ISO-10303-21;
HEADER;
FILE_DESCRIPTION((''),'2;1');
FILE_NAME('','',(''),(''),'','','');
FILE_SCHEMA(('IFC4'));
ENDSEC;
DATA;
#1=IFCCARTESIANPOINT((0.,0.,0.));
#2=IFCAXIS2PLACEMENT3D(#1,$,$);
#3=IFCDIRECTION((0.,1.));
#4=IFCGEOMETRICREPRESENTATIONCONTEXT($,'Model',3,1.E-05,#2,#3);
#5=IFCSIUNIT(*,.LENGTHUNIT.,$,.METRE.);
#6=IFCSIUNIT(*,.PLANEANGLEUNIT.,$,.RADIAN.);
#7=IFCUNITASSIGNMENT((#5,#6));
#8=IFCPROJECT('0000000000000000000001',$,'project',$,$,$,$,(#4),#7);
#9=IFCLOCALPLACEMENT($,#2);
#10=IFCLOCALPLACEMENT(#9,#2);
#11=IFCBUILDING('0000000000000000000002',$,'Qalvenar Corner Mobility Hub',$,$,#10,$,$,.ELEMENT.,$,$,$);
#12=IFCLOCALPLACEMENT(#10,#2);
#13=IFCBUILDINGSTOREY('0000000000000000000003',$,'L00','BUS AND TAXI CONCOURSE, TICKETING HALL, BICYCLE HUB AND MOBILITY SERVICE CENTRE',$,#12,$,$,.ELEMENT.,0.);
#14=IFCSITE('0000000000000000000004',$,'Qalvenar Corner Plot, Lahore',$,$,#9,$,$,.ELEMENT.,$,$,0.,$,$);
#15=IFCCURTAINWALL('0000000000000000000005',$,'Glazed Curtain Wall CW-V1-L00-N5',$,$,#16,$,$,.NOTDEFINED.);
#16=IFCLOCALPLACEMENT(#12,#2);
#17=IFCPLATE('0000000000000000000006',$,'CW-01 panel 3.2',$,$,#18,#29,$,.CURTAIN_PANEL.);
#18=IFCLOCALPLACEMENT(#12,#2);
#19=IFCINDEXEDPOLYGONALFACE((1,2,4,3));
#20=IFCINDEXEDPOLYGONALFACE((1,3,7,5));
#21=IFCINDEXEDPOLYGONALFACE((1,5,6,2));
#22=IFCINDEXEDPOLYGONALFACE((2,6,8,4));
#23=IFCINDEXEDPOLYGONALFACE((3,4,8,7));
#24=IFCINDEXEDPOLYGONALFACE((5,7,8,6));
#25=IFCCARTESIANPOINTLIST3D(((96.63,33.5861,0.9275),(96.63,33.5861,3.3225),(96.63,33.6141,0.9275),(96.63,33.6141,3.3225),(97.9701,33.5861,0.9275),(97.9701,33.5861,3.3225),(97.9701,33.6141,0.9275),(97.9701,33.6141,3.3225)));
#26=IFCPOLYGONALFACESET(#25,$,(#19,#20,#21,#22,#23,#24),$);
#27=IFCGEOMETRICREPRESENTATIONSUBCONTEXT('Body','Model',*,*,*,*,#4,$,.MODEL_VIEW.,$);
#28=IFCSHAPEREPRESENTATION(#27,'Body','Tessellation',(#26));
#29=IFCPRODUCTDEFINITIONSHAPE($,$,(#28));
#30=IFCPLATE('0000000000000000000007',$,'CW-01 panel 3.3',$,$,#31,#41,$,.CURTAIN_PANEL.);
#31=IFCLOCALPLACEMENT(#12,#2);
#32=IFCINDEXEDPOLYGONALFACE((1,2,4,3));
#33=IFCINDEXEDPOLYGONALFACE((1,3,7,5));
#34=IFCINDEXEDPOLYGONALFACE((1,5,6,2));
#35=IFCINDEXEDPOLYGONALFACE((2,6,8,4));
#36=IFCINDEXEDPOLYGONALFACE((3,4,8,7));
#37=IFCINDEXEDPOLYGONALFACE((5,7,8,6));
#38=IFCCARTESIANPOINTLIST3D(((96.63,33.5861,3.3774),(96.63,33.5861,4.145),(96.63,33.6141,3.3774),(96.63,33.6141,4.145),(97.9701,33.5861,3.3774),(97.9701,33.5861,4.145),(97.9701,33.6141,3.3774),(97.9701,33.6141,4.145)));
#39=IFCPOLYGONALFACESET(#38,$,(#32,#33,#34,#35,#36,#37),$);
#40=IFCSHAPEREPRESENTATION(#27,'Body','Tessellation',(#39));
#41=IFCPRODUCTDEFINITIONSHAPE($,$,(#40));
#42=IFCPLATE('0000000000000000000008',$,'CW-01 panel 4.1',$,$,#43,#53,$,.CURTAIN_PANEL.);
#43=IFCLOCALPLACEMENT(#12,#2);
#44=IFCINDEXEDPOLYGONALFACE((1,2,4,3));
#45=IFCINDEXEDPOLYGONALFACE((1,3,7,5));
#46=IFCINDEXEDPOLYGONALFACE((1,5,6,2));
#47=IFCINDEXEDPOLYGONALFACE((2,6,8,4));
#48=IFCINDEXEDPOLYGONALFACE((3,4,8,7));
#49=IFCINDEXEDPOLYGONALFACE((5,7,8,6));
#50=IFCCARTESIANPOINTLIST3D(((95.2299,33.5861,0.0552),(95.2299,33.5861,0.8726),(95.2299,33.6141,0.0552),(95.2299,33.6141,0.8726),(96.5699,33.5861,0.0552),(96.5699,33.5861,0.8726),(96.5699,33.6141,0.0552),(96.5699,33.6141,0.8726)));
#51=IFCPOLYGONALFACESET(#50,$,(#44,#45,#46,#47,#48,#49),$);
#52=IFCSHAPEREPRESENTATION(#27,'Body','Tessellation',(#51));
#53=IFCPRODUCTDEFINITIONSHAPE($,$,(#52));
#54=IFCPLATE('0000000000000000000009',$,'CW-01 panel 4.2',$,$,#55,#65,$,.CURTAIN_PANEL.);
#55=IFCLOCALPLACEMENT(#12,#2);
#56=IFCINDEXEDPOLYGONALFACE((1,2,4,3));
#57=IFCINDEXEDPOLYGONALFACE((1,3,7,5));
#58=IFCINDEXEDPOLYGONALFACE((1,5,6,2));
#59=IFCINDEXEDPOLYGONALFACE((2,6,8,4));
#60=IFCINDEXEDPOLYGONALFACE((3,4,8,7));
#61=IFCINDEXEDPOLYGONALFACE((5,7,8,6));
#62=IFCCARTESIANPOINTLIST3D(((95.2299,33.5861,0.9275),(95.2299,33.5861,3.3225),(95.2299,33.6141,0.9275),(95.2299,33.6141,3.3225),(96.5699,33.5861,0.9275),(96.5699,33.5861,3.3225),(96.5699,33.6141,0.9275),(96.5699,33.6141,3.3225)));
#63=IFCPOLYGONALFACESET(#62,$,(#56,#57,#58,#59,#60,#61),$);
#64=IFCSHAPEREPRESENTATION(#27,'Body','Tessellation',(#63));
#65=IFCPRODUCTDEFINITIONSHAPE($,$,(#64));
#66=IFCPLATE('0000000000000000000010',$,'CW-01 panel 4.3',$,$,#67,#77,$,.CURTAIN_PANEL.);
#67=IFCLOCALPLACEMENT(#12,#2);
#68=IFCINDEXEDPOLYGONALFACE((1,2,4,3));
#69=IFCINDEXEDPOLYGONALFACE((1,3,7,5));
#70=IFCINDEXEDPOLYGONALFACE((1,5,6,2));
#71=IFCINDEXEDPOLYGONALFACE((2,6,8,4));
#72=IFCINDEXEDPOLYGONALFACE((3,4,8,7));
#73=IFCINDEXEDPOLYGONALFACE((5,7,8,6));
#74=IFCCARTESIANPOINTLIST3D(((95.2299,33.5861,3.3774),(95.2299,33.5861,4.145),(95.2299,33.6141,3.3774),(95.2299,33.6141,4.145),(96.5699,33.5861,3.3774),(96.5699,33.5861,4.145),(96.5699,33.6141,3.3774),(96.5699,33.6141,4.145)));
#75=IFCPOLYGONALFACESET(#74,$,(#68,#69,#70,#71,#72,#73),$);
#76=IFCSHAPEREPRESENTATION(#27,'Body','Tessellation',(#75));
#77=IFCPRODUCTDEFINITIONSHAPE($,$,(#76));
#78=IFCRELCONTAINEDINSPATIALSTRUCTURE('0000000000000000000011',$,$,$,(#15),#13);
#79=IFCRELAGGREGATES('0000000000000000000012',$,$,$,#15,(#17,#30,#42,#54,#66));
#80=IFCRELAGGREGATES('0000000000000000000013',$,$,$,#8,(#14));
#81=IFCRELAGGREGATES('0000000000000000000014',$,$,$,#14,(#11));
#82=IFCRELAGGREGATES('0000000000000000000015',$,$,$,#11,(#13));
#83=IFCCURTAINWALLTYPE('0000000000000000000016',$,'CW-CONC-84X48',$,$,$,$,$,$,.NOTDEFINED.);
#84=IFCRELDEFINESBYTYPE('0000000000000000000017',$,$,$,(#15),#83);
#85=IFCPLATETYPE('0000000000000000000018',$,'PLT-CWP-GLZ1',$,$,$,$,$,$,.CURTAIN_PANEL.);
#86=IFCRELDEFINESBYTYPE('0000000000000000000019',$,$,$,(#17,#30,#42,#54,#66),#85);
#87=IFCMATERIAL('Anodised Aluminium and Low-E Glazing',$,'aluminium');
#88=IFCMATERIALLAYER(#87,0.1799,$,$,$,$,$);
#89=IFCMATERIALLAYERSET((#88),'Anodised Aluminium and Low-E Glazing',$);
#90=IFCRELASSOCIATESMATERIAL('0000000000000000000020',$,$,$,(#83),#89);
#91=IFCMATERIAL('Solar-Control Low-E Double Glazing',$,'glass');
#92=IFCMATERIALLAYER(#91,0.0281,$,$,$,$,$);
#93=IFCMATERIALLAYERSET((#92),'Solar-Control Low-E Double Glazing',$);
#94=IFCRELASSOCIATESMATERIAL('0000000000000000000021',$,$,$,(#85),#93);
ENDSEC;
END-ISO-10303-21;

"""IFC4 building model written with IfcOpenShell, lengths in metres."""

from ifc_helpers import new_model, si_unit, direction, frame, origin, origin_2d, place, context, subcontext, project, spatial, rectangle, extrude, material, layer, layer_set, type_object, element, aggregate, save


model = new_model("IFC4")

# Units and contexts
model_context = context("Model", 3, precision=1e-05, world=origin(), true_north=direction((0.0, 1.0)))
body_context = subcontext(model_context, "Body", "Model", "MODEL_VIEW")
ifc_project = project(units=[si_unit("LENGTHUNIT", "METRE"), si_unit("PLANEANGLEUNIT", "RADIAN")], contexts=[model_context])

# Site, building, storey
site_placement = place(None, origin())
site = spatial("IfcSite", under=ifc_project, at=site_placement, Name="Qalvenar Corner Plot, Lahore", CompositionType="ELEMENT", RefElevation=0.0)
building_placement = place(site_placement, origin())
building = spatial("IfcBuilding", under=site, at=building_placement, Name="Qalvenar Corner Mobility Hub", CompositionType="ELEMENT")
storey_placement = place(building_placement, origin())
storey = spatial("IfcBuildingStorey", under=building, at=storey_placement, Name="L00", Description="BUS AND TAXI CONCOURSE, TICKETING HALL, BICYCLE HUB AND MOBILITY SERVICE CENTRE", CompositionType="ELEMENT", Elevation=0.0)

# Curtain wall, plates
ifc_material_1 = material(Name="Anodised Aluminium and Low-E Glazing", Category="aluminium")
ifc_layer_1 = layer(ifc_material_1, 0.1799)
ifc_layer_set_1 = layer_set([ifc_layer_1], Name="Anodised Aluminium and Low-E Glazing")
curtain_wall_type = type_object("IfcCurtainWallType", Name="CW-CONC-84X48", PredefinedType="NOTDEFINED", material=ifc_layer_set_1)
curtain_wall_placement = place(storey_placement, origin())
curtain_wall = element("IfcCurtainWall", 1, at=curtain_wall_placement, inside=storey, type_object=curtain_wall_type, Name="Glazed Curtain Wall CW-V1-L00-N5", PredefinedType="NOTDEFINED")
ifc_material_2 = material(Name="Solar-Control Low-E Double Glazing", Category="glass")
ifc_layer_2 = layer(ifc_material_2, 0.0281)
ifc_layer_set_2 = layer_set([ifc_layer_2], Name="Solar-Control Low-E Double Glazing")
plate_type = type_object("IfcPlateType", Name="PLT-CWP-GLZ1", PredefinedType="CURTAIN_PANEL", material=ifc_layer_set_2)
plate_1_placement = place(storey_placement, frame((97.3, 33.6001, 0.9275), z_axis=(0.0, 0.0, 1.0), x_axis=(-1.0, 0.0, 0.0)))
plate_1 = element("IfcPlate", 2, at=plate_1_placement, type_object=plate_type, Name="CW-01 panel 3.2", PredefinedType="CURTAIN_PANEL", context=body_context, shape_type="SweptSolid", body=[
    extrude(rectangle(XDim=1.3401, YDim=0.0281, at=origin_2d()), origin(), (0.0, 0.0, 1.0), 2.395),
])
plate_2_placement = place(storey_placement, frame((97.3, 33.6001, 3.3774), z_axis=(0.0, 0.0, 1.0), x_axis=(-1.0, 0.0, 0.0)))
plate_2 = element("IfcPlate", 3, at=plate_2_placement, type_object=plate_type, Name="CW-01 panel 3.3", PredefinedType="CURTAIN_PANEL", context=body_context, shape_type="SweptSolid", body=[
    extrude(rectangle(XDim=1.3401, YDim=0.0281, at=origin_2d()), origin(), (0.0, 0.0, 1.0), 0.7676),
])
plate_3_placement = place(storey_placement, frame((95.8999, 33.6001, 0.0552), z_axis=(0.0, 0.0, 1.0), x_axis=(-1.0, 0.0, 0.0)))
plate_3 = element("IfcPlate", 4, at=plate_3_placement, type_object=plate_type, Name="CW-01 panel 4.1", PredefinedType="CURTAIN_PANEL", context=body_context, shape_type="SweptSolid", body=[
    extrude(rectangle(XDim=1.3401, YDim=0.0281, at=origin_2d()), origin(), (0.0, 0.0, 1.0), 0.8174),
])
plate_4_placement = place(storey_placement, frame((95.8999, 33.6001, 0.9275), z_axis=(0.0, 0.0, 1.0), x_axis=(-1.0, 0.0, 0.0)))
plate_4 = element("IfcPlate", 5, at=plate_4_placement, type_object=plate_type, Name="CW-01 panel 4.2", PredefinedType="CURTAIN_PANEL", context=body_context, shape_type="SweptSolid", body=[
    extrude(rectangle(XDim=1.3401, YDim=0.0281, at=origin_2d()), origin(), (0.0, 0.0, 1.0), 2.395),
])
plate_5_placement = place(storey_placement, frame((95.8999, 33.6001, 3.3774), z_axis=(0.0, 0.0, 1.0), x_axis=(-1.0, 0.0, 0.0)))
plate_5 = element("IfcPlate", 6, at=plate_5_placement, type_object=plate_type, Name="CW-01 panel 4.3", PredefinedType="CURTAIN_PANEL", context=body_context, shape_type="SweptSolid", body=[
    extrude(rectangle(XDim=1.3401, YDim=0.0281, at=origin_2d()), origin(), (0.0, 0.0, 1.0), 0.7676),
])
aggregate(curtain_wall, [plate_1, plate_2, plate_3, plate_4, plate_5])

save(model, "model.ifc")
